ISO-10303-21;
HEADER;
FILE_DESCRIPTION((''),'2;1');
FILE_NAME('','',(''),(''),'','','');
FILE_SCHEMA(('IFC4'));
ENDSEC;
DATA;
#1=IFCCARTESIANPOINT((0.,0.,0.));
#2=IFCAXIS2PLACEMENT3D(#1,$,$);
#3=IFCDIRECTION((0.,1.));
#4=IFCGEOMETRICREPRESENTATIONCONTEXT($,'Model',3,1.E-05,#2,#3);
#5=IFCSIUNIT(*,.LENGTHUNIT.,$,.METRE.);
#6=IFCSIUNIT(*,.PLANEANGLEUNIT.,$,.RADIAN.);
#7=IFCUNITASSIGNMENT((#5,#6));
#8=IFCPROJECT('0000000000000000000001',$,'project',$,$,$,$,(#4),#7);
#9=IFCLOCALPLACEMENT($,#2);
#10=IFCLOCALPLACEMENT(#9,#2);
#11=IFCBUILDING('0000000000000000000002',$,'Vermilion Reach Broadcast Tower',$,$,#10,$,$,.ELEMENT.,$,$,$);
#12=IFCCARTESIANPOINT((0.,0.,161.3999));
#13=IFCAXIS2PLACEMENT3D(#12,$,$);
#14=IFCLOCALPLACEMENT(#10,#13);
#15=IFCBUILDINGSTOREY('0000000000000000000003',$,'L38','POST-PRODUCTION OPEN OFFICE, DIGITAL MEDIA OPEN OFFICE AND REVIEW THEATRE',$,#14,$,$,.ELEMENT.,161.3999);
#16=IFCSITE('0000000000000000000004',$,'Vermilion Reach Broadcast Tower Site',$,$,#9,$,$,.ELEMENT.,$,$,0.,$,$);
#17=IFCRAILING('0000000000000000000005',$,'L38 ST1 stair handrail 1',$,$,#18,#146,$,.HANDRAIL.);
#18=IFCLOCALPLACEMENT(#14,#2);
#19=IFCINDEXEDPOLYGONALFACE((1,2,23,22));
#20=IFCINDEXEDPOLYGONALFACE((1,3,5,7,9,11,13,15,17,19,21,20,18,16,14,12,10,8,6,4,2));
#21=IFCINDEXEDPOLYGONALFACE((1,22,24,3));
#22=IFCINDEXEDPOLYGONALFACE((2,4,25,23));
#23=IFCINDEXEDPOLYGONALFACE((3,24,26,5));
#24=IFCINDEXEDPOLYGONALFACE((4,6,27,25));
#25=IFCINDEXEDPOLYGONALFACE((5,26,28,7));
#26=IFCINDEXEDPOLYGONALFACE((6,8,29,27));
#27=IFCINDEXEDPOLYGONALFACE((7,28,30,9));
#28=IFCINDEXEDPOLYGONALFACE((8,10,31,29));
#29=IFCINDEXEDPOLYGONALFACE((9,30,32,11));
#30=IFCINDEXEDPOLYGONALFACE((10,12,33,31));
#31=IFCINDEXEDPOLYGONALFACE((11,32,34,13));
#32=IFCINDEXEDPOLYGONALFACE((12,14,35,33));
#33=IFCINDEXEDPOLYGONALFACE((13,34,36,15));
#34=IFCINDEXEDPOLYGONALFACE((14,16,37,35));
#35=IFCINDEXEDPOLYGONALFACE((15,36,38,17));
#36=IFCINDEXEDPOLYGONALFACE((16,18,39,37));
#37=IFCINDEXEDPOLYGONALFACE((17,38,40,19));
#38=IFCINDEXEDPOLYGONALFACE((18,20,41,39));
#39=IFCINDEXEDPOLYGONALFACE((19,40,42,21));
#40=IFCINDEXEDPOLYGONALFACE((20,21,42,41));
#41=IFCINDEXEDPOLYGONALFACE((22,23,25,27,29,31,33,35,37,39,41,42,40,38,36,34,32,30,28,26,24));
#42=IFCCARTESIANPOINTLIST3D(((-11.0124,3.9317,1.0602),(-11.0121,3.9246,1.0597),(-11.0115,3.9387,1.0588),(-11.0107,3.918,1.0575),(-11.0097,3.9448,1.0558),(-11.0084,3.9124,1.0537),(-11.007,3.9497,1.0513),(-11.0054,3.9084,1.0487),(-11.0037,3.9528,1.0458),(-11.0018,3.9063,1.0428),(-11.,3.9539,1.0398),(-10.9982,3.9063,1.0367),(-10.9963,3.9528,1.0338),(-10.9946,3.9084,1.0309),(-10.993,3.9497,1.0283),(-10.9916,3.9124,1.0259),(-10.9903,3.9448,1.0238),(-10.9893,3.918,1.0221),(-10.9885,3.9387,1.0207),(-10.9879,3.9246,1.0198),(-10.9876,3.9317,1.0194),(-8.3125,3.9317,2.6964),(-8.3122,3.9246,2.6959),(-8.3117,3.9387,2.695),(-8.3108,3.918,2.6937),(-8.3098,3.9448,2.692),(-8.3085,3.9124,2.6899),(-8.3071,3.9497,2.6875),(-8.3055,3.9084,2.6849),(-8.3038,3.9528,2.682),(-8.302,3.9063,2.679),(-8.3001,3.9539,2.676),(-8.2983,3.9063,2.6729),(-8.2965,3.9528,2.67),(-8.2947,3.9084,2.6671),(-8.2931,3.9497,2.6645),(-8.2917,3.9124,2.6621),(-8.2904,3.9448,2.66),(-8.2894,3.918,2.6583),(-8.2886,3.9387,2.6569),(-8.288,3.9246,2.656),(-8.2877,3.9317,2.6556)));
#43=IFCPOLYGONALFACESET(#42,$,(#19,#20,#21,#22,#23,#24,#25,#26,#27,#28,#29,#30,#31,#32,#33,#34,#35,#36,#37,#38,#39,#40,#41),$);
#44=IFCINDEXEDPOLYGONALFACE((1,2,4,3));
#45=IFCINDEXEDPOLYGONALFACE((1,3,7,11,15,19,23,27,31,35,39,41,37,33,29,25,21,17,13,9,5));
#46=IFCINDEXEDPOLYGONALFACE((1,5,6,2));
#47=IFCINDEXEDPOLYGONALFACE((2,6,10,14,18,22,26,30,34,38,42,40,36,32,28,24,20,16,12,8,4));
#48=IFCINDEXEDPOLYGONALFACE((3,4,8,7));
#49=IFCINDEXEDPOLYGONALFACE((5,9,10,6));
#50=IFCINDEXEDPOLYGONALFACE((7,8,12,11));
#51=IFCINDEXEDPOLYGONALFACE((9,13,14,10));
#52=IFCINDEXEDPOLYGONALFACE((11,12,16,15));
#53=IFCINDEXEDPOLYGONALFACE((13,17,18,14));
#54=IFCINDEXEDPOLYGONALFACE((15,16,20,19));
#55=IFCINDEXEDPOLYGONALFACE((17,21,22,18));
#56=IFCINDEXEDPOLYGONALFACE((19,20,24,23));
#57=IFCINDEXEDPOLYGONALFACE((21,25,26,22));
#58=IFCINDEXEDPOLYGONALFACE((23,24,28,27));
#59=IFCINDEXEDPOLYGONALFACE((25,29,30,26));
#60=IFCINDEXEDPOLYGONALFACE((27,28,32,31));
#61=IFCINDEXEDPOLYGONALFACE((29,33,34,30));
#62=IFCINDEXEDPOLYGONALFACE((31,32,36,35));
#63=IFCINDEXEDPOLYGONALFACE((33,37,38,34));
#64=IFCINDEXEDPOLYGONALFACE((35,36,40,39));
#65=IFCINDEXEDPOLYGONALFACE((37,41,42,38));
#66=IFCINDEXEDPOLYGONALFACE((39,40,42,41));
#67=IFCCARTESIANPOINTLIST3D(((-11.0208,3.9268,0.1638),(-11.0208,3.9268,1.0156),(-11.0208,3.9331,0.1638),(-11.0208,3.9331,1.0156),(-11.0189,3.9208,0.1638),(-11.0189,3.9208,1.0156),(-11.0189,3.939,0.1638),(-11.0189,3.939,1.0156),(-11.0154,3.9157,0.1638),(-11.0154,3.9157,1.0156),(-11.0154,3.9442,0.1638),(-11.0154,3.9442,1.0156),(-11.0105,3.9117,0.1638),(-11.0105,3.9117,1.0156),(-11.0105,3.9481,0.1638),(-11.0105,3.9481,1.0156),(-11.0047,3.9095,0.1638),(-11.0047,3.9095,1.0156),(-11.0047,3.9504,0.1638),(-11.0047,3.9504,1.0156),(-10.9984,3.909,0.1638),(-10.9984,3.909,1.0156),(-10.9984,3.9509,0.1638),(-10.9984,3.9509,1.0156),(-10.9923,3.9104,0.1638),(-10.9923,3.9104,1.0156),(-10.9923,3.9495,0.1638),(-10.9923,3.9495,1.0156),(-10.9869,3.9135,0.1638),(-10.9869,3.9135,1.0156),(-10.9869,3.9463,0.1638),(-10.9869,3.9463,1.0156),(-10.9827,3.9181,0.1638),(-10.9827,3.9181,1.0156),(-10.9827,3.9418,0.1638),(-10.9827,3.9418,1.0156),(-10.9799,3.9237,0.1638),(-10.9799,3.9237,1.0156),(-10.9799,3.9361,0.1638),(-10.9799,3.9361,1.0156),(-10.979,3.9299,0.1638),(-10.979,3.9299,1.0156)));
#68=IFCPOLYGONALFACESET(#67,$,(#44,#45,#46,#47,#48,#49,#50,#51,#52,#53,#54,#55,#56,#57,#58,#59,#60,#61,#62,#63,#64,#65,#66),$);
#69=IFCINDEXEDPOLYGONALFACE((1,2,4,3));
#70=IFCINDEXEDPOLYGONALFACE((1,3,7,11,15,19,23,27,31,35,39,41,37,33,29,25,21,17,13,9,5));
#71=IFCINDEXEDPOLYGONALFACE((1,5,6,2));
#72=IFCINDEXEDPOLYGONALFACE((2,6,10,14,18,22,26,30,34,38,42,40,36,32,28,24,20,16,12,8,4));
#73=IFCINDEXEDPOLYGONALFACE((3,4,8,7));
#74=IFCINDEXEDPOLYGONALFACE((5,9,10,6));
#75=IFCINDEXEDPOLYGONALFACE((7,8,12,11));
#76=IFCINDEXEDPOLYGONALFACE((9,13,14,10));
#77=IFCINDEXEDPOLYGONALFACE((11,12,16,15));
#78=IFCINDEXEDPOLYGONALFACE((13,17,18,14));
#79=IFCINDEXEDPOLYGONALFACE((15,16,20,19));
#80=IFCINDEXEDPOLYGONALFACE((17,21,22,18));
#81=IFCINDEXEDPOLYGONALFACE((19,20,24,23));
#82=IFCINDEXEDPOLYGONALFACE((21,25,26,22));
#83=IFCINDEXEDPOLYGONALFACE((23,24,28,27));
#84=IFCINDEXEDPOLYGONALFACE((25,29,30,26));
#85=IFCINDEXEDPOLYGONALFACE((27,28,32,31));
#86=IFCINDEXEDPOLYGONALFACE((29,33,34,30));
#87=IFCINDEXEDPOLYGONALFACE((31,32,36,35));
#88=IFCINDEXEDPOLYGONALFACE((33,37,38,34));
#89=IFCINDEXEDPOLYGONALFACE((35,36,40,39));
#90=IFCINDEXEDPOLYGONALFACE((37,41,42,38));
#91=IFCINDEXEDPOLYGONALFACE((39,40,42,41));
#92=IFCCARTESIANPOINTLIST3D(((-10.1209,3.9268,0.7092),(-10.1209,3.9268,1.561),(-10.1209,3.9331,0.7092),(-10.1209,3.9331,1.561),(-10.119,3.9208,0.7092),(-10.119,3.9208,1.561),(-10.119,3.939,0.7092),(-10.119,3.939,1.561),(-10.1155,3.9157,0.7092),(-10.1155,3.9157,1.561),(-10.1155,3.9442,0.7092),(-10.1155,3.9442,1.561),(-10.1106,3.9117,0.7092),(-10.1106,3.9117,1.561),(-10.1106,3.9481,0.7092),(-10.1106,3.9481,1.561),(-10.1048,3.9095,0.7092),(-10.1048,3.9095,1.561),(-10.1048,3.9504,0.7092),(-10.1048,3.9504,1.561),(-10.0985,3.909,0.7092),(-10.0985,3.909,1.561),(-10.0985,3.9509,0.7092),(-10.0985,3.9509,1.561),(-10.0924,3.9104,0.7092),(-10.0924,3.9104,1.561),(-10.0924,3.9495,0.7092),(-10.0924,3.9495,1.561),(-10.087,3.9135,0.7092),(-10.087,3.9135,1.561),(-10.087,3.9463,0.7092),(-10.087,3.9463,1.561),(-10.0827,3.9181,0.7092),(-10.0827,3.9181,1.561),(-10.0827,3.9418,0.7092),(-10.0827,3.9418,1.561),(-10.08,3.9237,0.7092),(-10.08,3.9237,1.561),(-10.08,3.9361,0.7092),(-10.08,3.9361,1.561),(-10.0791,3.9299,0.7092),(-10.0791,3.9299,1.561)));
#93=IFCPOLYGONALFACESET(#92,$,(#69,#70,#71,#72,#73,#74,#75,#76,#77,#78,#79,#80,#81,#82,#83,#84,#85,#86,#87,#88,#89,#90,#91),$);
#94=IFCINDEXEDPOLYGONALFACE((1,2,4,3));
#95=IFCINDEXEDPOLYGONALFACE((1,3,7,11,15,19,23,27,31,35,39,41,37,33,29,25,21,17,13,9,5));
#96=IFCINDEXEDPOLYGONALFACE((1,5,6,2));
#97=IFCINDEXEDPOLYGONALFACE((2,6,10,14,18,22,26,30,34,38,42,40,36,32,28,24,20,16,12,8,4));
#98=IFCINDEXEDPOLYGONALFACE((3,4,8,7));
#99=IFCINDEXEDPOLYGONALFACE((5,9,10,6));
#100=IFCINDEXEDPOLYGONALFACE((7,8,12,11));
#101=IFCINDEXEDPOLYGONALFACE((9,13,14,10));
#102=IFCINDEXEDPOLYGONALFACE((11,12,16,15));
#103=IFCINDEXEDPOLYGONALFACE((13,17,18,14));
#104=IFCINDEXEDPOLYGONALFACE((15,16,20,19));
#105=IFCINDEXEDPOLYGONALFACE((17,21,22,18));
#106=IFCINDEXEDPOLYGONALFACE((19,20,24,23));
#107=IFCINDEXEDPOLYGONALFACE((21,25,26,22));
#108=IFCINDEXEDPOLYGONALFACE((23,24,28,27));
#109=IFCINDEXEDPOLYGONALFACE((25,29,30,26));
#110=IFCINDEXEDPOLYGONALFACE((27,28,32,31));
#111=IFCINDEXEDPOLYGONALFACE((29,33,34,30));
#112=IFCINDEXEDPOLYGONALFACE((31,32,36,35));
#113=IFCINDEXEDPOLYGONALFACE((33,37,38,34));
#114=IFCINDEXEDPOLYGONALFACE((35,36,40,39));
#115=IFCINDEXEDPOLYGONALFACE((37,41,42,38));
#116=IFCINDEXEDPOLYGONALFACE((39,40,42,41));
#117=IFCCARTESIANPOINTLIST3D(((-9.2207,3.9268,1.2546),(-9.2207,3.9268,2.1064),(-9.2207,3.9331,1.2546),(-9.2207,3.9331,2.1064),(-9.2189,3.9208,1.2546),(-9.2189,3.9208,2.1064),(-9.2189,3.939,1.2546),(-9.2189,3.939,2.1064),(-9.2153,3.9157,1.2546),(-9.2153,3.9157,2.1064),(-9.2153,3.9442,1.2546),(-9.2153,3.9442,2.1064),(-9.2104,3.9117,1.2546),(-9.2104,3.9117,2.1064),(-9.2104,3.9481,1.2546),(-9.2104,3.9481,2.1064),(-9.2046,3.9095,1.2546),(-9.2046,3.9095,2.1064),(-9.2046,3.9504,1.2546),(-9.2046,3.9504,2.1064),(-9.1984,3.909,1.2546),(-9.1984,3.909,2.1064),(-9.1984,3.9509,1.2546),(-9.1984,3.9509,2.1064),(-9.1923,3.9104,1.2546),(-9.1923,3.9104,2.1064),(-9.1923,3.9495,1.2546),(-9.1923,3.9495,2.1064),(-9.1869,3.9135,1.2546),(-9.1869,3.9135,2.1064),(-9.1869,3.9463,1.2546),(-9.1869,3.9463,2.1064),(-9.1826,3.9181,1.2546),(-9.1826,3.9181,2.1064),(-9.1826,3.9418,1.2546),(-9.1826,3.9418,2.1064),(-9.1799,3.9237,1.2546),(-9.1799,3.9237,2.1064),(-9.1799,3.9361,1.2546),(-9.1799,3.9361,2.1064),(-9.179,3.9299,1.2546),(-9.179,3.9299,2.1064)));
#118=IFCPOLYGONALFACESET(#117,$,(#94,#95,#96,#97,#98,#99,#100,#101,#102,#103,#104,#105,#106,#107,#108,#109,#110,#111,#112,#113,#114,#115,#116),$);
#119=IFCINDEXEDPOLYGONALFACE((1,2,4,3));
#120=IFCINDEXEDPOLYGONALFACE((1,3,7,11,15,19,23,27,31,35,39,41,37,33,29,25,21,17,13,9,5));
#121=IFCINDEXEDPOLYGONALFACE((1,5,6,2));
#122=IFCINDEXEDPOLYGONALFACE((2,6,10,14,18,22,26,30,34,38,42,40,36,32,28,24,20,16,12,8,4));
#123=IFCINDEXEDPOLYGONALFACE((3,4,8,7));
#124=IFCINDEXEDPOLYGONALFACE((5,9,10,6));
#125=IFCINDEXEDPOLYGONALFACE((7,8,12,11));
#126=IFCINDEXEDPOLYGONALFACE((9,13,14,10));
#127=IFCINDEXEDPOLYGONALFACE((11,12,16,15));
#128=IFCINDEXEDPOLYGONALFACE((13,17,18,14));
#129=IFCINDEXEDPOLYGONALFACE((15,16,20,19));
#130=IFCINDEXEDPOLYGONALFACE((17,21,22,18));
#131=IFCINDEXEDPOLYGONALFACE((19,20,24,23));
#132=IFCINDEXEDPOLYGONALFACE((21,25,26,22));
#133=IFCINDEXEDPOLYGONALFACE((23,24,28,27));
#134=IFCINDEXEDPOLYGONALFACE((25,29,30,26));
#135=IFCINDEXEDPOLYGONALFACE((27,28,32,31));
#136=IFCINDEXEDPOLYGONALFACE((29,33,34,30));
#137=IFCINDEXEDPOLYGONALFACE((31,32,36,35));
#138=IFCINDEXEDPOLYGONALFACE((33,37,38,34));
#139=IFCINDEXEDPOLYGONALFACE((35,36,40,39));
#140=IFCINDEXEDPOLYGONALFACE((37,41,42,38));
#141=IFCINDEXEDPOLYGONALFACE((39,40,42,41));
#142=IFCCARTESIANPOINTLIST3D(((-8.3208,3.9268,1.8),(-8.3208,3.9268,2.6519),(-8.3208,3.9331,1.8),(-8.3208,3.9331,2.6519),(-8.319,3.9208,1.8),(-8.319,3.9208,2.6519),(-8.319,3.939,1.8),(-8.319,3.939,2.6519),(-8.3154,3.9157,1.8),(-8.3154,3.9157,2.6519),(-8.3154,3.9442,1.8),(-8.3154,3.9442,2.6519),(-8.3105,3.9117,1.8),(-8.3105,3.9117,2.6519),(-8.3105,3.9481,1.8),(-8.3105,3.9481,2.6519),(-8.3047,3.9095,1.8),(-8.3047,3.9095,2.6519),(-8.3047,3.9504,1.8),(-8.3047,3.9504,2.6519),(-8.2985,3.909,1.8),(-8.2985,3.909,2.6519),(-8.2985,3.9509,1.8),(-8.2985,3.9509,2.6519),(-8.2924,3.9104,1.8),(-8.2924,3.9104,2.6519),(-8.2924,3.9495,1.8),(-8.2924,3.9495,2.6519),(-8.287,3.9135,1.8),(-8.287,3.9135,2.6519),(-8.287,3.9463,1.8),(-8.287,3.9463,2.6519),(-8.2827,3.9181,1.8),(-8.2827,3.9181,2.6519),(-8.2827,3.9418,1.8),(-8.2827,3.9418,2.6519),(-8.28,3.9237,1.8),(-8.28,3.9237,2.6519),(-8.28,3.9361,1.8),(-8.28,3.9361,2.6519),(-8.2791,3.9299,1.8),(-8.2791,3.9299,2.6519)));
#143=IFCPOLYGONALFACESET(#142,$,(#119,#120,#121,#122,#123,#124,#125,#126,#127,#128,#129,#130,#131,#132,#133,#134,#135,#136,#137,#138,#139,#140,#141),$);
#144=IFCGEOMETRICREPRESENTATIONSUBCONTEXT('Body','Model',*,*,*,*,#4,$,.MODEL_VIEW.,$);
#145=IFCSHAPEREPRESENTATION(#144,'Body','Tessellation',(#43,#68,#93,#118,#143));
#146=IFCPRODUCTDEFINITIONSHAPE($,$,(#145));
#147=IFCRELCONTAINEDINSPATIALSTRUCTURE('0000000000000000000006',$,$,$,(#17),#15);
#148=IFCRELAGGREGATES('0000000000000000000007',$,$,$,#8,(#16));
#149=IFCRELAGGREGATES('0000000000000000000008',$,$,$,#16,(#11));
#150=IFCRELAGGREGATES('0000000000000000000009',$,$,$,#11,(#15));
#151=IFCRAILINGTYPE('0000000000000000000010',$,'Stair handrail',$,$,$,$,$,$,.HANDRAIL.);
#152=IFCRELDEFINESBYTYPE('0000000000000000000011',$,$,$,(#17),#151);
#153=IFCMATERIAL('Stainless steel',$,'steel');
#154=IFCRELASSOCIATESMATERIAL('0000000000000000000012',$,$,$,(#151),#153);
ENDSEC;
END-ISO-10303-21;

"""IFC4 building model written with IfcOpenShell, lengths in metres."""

from ifc_helpers import new_model, si_unit, direction, frame, origin, origin_2d, place, context, subcontext, project, spatial, circle, extrude, material, type_object, element, save


model = new_model("IFC4")

# Units and contexts
model_context = context("Model", 3, precision=1e-05, world=origin(), true_north=direction((0.0, 1.0)))
body_context = subcontext(model_context, "Body", "Model", "MODEL_VIEW")
ifc_project = project(units=[si_unit("LENGTHUNIT", "METRE"), si_unit("PLANEANGLEUNIT", "RADIAN")], contexts=[model_context])

# Site, building, storey
site_placement = place(None, origin())
site = spatial("IfcSite", under=ifc_project, at=site_placement, Name="Vermilion Reach Broadcast Tower Site", CompositionType="ELEMENT", RefElevation=0.0)
building_placement = place(site_placement, origin())
building = spatial("IfcBuilding", under=site, at=building_placement, Name="Vermilion Reach Broadcast Tower", CompositionType="ELEMENT")
storey_placement = place(building_placement, frame((0.0, 0.0, 161.3999)))
storey = spatial("IfcBuildingStorey", under=building, at=storey_placement, Name="L38", Description="POST-PRODUCTION OPEN OFFICE, DIGITAL MEDIA OPEN OFFICE AND REVIEW THEATRE", CompositionType="ELEMENT", Elevation=161.3999)

# Railing
ifc_material_1 = material(Name="Stainless steel", Category="steel")
railing_type_1 = type_object("IfcRailingType", Name="Stair handrail", PredefinedType="HANDRAIL", material=ifc_material_1)
railing_1_placement = place(storey_placement, frame((-11.0, 3.9299, 0.1638)))
element("IfcRailing", 1, at=railing_1_placement, inside=storey, type_object=railing_type_1, Name="L38 ST1 stair handrail 1", PredefinedType="HANDRAIL", context=body_context, shape_type="SweptSolid", body=[
    extrude(circle(Radius=0.0239, at=origin_2d()), frame((0.0, 0.0, 0.876), z_axis=(0.855212, 0.0, 0.518278), x_axis=(0.0, 1.0, 0.0)), (0.0, 0.0, 1.0), 3.157),
    extrude(circle(Radius=0.021, at=origin_2d()), origin(), (0.0, 0.0, 1.0), 0.8518),
    extrude(circle(Radius=0.021, at=origin_2d()), frame((0.8999, 0.0, 0.5454)), (0.0, 0.0, 1.0), 0.8518),
    extrude(circle(Radius=0.021, at=origin_2d()), frame((1.8, 0.0, 1.0908)), (0.0, 0.0, 1.0), 0.8518),
    extrude(circle(Radius=0.021, at=origin_2d()), frame((2.7, 0.0, 1.6362)), (0.0, 0.0, 1.0), 0.8518),
])

save(model, "model.ifc")
